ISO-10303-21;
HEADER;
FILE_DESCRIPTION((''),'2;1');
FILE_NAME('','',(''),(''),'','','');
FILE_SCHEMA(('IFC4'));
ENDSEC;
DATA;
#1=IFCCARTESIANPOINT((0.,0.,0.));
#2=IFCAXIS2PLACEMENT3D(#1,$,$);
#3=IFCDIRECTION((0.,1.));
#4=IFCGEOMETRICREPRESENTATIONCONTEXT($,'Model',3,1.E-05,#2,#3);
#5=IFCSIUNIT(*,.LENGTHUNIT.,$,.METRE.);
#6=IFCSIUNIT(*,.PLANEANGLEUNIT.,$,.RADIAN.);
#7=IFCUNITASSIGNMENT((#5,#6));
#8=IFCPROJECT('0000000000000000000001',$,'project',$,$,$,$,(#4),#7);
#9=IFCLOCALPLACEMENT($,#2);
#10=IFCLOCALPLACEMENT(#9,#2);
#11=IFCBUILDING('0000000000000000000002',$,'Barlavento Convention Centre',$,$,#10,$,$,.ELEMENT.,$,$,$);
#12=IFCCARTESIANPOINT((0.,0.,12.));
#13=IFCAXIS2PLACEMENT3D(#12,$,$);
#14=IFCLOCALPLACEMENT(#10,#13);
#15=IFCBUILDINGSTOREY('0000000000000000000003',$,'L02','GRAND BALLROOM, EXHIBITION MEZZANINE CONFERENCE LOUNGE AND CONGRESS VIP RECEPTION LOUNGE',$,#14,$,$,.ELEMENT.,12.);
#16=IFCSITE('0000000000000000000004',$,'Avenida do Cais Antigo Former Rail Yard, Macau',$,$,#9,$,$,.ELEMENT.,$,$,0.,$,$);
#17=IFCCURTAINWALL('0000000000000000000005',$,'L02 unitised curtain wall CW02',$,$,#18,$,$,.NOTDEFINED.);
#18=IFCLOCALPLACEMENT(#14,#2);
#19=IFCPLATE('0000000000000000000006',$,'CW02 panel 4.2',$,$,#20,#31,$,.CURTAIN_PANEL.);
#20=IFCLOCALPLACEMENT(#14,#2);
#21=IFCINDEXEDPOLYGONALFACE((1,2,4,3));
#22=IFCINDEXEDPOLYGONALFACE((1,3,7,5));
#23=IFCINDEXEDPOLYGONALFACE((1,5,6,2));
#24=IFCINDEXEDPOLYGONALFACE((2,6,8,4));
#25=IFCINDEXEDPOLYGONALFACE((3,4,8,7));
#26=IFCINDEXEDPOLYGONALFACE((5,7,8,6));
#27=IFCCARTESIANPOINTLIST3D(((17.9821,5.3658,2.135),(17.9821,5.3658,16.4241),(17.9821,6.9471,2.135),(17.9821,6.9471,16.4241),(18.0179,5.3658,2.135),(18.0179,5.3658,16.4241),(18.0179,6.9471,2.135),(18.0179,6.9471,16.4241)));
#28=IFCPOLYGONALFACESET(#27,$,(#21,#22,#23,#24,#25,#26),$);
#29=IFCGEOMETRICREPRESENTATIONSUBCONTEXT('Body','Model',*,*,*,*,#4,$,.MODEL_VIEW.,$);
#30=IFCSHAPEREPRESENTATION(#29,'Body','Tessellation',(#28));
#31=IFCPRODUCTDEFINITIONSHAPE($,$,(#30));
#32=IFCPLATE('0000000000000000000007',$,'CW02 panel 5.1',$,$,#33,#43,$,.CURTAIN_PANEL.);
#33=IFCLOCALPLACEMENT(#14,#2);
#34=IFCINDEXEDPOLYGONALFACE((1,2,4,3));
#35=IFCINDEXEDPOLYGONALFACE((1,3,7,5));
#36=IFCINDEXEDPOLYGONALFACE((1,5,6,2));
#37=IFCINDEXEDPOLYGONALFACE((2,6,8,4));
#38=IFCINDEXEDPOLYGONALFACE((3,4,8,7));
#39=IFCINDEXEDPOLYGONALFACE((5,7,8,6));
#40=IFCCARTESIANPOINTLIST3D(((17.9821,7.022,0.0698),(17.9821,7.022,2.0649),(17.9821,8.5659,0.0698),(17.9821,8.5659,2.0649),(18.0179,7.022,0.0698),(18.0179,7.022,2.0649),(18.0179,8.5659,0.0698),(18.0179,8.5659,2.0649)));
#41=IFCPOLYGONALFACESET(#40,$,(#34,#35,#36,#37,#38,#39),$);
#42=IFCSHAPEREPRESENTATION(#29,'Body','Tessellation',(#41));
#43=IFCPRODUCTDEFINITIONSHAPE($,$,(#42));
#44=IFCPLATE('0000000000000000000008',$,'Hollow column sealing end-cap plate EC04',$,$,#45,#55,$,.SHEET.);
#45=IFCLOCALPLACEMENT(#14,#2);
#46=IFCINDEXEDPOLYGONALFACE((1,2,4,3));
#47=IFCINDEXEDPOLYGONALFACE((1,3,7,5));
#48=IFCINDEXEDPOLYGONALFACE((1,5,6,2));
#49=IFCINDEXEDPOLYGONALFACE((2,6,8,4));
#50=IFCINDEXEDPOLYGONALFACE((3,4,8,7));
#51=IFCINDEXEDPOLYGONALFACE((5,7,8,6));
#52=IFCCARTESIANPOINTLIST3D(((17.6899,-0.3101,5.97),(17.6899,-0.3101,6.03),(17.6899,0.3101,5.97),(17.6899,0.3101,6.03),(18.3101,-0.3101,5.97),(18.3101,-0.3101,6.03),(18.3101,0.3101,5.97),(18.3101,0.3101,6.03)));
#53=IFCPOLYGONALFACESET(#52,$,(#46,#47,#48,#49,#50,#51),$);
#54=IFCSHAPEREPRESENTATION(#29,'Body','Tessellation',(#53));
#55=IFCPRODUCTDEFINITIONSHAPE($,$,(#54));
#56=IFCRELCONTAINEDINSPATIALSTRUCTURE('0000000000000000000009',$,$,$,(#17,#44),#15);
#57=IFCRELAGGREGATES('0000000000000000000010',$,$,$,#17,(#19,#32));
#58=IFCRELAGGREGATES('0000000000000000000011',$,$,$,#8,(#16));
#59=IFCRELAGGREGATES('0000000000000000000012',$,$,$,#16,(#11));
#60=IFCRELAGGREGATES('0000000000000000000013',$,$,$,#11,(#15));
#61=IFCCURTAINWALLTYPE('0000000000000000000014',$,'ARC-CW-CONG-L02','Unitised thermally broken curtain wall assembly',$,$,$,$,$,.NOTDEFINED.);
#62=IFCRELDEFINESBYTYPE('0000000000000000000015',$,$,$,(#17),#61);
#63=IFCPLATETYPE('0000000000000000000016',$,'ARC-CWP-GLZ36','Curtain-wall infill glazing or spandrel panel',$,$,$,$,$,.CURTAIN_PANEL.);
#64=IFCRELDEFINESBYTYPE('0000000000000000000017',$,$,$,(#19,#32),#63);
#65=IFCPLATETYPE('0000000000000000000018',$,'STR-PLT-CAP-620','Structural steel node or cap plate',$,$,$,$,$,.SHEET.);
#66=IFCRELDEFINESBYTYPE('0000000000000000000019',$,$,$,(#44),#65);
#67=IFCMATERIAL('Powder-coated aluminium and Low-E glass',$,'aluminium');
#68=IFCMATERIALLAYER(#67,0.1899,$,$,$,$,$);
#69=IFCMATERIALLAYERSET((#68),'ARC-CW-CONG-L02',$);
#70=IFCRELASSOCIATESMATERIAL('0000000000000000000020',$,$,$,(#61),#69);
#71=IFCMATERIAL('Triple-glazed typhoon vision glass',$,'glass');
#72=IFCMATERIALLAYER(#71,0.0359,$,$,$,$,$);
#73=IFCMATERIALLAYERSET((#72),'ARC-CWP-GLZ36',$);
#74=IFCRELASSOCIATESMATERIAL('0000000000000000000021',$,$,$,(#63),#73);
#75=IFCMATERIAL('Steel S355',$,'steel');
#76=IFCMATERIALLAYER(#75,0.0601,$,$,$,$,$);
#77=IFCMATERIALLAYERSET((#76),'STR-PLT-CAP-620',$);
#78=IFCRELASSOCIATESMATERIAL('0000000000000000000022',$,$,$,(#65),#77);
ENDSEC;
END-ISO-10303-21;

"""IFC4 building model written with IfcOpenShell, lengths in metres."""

from ifc_helpers import new_model, si_unit, direction, frame, origin, origin_2d, place, context, subcontext, project, spatial, rectangle, extrude, material, layer, layer_set, type_object, element, aggregate, save


model = new_model("IFC4")

# Units and contexts
model_context = context("Model", 3, precision=1e-05, world=origin(), true_north=direction((0.0, 1.0)))
body_context = subcontext(model_context, "Body", "Model", "MODEL_VIEW")
ifc_project = project(units=[si_unit("LENGTHUNIT", "METRE"), si_unit("PLANEANGLEUNIT", "RADIAN")], contexts=[model_context])

# Site, building, storey
site_placement = place(None, origin())
site = spatial("IfcSite", under=ifc_project, at=site_placement, Name="Avenida do Cais Antigo Former Rail Yard, Macau", CompositionType="ELEMENT", RefElevation=0.0)
building_placement = place(site_placement, origin())
building = spatial("IfcBuilding", under=site, at=building_placement, Name="Barlavento Convention Centre", CompositionType="ELEMENT")
storey_placement = place(building_placement, frame((0.0, 0.0, 12.0)))
storey = spatial("IfcBuildingStorey", under=building, at=storey_placement, Name="L02", Description="GRAND BALLROOM, EXHIBITION MEZZANINE CONFERENCE LOUNGE AND CONGRESS VIP RECEPTION LOUNGE", CompositionType="ELEMENT", Elevation=12.0)

# Curtain wall
ifc_material_1 = material(Name="Powder-coated aluminium and Low-E glass", Category="aluminium")
ifc_layer_1 = layer(ifc_material_1, 0.1899)
ifc_layer_set_1 = layer_set([ifc_layer_1], Name="ARC-CW-CONG-L02")
curtain_wall_type = type_object("IfcCurtainWallType", Name="ARC-CW-CONG-L02", Description="Unitised thermally broken curtain wall assembly", PredefinedType="NOTDEFINED", material=ifc_layer_set_1)
curtain_wall_1_placement = place(storey_placement, origin())
curtain_wall_1 = element("IfcCurtainWall", 1, at=curtain_wall_1_placement, inside=storey, type_object=curtain_wall_type, Name="L02 unitised curtain wall CW02", PredefinedType="NOTDEFINED")

# Plates
ifc_material_2 = material(Name="Triple-glazed typhoon vision glass", Category="glass")
ifc_layer_2 = layer(ifc_material_2, 0.0359)
ifc_layer_set_2 = layer_set([ifc_layer_2], Name="ARC-CWP-GLZ36")
plate_type_1 = type_object("IfcPlateType", Name="ARC-CWP-GLZ36", Description="Curtain-wall infill glazing or spandrel panel", PredefinedType="CURTAIN_PANEL", material=ifc_layer_set_2)
plate_1_placement = place(storey_placement, frame((18.0, 6.1565, 2.135), z_axis=(0.0, 0.0, 1.0), x_axis=(0.0, 1.0, 0.0)))
plate_1 = element("IfcPlate", 2, at=plate_1_placement, type_object=plate_type_1, Name="CW02 panel 4.2", PredefinedType="CURTAIN_PANEL", context=body_context, shape_type="SweptSolid", body=[
    extrude(rectangle(XDim=1.5813, YDim=0.0359, at=origin_2d()), origin(), (0.0, 0.0, 1.0), 14.2891),
])
plate_2_placement = place(storey_placement, frame((18.0, 7.7939, 0.0698), z_axis=(0.0, 0.0, 1.0), x_axis=(0.0, 1.0, 0.0)))
plate_2 = element("IfcPlate", 3, at=plate_2_placement, type_object=plate_type_1, Name="CW02 panel 5.1", PredefinedType="CURTAIN_PANEL", context=body_context, shape_type="SweptSolid", body=[
    extrude(rectangle(XDim=1.5439, YDim=0.0359, at=origin_2d()), origin(), (0.0, 0.0, 1.0), 1.9951),
])
aggregate(curtain_wall_1, [plate_1, plate_2])
ifc_material_3 = material(Name="Steel S355", Category="steel")
ifc_layer_3 = layer(ifc_material_3, 0.0601)
ifc_layer_set_3 = layer_set([ifc_layer_3], Name="STR-PLT-CAP-620")
plate_type_2 = type_object("IfcPlateType", Name="STR-PLT-CAP-620", Description="Structural steel node or cap plate", PredefinedType="SHEET", material=ifc_layer_set_3)
plate_3_placement = place(storey_placement, frame((18.0, 0.0, 5.97), z_axis=(0.0, 0.0, 1.0), x_axis=(1.0, 0.0, 0.0)))
element("IfcPlate", 4, at=plate_3_placement, inside=storey, type_object=plate_type_2, Name="Hollow column sealing end-cap plate EC04", PredefinedType="SHEET", context=body_context, shape_type="SweptSolid", body=[
    extrude(rectangle(XDim=0.6201, YDim=0.6201, at=origin_2d()), origin(), (0.0, 0.0, 1.0), 0.0601),
])

save(model, "model.ifc")
